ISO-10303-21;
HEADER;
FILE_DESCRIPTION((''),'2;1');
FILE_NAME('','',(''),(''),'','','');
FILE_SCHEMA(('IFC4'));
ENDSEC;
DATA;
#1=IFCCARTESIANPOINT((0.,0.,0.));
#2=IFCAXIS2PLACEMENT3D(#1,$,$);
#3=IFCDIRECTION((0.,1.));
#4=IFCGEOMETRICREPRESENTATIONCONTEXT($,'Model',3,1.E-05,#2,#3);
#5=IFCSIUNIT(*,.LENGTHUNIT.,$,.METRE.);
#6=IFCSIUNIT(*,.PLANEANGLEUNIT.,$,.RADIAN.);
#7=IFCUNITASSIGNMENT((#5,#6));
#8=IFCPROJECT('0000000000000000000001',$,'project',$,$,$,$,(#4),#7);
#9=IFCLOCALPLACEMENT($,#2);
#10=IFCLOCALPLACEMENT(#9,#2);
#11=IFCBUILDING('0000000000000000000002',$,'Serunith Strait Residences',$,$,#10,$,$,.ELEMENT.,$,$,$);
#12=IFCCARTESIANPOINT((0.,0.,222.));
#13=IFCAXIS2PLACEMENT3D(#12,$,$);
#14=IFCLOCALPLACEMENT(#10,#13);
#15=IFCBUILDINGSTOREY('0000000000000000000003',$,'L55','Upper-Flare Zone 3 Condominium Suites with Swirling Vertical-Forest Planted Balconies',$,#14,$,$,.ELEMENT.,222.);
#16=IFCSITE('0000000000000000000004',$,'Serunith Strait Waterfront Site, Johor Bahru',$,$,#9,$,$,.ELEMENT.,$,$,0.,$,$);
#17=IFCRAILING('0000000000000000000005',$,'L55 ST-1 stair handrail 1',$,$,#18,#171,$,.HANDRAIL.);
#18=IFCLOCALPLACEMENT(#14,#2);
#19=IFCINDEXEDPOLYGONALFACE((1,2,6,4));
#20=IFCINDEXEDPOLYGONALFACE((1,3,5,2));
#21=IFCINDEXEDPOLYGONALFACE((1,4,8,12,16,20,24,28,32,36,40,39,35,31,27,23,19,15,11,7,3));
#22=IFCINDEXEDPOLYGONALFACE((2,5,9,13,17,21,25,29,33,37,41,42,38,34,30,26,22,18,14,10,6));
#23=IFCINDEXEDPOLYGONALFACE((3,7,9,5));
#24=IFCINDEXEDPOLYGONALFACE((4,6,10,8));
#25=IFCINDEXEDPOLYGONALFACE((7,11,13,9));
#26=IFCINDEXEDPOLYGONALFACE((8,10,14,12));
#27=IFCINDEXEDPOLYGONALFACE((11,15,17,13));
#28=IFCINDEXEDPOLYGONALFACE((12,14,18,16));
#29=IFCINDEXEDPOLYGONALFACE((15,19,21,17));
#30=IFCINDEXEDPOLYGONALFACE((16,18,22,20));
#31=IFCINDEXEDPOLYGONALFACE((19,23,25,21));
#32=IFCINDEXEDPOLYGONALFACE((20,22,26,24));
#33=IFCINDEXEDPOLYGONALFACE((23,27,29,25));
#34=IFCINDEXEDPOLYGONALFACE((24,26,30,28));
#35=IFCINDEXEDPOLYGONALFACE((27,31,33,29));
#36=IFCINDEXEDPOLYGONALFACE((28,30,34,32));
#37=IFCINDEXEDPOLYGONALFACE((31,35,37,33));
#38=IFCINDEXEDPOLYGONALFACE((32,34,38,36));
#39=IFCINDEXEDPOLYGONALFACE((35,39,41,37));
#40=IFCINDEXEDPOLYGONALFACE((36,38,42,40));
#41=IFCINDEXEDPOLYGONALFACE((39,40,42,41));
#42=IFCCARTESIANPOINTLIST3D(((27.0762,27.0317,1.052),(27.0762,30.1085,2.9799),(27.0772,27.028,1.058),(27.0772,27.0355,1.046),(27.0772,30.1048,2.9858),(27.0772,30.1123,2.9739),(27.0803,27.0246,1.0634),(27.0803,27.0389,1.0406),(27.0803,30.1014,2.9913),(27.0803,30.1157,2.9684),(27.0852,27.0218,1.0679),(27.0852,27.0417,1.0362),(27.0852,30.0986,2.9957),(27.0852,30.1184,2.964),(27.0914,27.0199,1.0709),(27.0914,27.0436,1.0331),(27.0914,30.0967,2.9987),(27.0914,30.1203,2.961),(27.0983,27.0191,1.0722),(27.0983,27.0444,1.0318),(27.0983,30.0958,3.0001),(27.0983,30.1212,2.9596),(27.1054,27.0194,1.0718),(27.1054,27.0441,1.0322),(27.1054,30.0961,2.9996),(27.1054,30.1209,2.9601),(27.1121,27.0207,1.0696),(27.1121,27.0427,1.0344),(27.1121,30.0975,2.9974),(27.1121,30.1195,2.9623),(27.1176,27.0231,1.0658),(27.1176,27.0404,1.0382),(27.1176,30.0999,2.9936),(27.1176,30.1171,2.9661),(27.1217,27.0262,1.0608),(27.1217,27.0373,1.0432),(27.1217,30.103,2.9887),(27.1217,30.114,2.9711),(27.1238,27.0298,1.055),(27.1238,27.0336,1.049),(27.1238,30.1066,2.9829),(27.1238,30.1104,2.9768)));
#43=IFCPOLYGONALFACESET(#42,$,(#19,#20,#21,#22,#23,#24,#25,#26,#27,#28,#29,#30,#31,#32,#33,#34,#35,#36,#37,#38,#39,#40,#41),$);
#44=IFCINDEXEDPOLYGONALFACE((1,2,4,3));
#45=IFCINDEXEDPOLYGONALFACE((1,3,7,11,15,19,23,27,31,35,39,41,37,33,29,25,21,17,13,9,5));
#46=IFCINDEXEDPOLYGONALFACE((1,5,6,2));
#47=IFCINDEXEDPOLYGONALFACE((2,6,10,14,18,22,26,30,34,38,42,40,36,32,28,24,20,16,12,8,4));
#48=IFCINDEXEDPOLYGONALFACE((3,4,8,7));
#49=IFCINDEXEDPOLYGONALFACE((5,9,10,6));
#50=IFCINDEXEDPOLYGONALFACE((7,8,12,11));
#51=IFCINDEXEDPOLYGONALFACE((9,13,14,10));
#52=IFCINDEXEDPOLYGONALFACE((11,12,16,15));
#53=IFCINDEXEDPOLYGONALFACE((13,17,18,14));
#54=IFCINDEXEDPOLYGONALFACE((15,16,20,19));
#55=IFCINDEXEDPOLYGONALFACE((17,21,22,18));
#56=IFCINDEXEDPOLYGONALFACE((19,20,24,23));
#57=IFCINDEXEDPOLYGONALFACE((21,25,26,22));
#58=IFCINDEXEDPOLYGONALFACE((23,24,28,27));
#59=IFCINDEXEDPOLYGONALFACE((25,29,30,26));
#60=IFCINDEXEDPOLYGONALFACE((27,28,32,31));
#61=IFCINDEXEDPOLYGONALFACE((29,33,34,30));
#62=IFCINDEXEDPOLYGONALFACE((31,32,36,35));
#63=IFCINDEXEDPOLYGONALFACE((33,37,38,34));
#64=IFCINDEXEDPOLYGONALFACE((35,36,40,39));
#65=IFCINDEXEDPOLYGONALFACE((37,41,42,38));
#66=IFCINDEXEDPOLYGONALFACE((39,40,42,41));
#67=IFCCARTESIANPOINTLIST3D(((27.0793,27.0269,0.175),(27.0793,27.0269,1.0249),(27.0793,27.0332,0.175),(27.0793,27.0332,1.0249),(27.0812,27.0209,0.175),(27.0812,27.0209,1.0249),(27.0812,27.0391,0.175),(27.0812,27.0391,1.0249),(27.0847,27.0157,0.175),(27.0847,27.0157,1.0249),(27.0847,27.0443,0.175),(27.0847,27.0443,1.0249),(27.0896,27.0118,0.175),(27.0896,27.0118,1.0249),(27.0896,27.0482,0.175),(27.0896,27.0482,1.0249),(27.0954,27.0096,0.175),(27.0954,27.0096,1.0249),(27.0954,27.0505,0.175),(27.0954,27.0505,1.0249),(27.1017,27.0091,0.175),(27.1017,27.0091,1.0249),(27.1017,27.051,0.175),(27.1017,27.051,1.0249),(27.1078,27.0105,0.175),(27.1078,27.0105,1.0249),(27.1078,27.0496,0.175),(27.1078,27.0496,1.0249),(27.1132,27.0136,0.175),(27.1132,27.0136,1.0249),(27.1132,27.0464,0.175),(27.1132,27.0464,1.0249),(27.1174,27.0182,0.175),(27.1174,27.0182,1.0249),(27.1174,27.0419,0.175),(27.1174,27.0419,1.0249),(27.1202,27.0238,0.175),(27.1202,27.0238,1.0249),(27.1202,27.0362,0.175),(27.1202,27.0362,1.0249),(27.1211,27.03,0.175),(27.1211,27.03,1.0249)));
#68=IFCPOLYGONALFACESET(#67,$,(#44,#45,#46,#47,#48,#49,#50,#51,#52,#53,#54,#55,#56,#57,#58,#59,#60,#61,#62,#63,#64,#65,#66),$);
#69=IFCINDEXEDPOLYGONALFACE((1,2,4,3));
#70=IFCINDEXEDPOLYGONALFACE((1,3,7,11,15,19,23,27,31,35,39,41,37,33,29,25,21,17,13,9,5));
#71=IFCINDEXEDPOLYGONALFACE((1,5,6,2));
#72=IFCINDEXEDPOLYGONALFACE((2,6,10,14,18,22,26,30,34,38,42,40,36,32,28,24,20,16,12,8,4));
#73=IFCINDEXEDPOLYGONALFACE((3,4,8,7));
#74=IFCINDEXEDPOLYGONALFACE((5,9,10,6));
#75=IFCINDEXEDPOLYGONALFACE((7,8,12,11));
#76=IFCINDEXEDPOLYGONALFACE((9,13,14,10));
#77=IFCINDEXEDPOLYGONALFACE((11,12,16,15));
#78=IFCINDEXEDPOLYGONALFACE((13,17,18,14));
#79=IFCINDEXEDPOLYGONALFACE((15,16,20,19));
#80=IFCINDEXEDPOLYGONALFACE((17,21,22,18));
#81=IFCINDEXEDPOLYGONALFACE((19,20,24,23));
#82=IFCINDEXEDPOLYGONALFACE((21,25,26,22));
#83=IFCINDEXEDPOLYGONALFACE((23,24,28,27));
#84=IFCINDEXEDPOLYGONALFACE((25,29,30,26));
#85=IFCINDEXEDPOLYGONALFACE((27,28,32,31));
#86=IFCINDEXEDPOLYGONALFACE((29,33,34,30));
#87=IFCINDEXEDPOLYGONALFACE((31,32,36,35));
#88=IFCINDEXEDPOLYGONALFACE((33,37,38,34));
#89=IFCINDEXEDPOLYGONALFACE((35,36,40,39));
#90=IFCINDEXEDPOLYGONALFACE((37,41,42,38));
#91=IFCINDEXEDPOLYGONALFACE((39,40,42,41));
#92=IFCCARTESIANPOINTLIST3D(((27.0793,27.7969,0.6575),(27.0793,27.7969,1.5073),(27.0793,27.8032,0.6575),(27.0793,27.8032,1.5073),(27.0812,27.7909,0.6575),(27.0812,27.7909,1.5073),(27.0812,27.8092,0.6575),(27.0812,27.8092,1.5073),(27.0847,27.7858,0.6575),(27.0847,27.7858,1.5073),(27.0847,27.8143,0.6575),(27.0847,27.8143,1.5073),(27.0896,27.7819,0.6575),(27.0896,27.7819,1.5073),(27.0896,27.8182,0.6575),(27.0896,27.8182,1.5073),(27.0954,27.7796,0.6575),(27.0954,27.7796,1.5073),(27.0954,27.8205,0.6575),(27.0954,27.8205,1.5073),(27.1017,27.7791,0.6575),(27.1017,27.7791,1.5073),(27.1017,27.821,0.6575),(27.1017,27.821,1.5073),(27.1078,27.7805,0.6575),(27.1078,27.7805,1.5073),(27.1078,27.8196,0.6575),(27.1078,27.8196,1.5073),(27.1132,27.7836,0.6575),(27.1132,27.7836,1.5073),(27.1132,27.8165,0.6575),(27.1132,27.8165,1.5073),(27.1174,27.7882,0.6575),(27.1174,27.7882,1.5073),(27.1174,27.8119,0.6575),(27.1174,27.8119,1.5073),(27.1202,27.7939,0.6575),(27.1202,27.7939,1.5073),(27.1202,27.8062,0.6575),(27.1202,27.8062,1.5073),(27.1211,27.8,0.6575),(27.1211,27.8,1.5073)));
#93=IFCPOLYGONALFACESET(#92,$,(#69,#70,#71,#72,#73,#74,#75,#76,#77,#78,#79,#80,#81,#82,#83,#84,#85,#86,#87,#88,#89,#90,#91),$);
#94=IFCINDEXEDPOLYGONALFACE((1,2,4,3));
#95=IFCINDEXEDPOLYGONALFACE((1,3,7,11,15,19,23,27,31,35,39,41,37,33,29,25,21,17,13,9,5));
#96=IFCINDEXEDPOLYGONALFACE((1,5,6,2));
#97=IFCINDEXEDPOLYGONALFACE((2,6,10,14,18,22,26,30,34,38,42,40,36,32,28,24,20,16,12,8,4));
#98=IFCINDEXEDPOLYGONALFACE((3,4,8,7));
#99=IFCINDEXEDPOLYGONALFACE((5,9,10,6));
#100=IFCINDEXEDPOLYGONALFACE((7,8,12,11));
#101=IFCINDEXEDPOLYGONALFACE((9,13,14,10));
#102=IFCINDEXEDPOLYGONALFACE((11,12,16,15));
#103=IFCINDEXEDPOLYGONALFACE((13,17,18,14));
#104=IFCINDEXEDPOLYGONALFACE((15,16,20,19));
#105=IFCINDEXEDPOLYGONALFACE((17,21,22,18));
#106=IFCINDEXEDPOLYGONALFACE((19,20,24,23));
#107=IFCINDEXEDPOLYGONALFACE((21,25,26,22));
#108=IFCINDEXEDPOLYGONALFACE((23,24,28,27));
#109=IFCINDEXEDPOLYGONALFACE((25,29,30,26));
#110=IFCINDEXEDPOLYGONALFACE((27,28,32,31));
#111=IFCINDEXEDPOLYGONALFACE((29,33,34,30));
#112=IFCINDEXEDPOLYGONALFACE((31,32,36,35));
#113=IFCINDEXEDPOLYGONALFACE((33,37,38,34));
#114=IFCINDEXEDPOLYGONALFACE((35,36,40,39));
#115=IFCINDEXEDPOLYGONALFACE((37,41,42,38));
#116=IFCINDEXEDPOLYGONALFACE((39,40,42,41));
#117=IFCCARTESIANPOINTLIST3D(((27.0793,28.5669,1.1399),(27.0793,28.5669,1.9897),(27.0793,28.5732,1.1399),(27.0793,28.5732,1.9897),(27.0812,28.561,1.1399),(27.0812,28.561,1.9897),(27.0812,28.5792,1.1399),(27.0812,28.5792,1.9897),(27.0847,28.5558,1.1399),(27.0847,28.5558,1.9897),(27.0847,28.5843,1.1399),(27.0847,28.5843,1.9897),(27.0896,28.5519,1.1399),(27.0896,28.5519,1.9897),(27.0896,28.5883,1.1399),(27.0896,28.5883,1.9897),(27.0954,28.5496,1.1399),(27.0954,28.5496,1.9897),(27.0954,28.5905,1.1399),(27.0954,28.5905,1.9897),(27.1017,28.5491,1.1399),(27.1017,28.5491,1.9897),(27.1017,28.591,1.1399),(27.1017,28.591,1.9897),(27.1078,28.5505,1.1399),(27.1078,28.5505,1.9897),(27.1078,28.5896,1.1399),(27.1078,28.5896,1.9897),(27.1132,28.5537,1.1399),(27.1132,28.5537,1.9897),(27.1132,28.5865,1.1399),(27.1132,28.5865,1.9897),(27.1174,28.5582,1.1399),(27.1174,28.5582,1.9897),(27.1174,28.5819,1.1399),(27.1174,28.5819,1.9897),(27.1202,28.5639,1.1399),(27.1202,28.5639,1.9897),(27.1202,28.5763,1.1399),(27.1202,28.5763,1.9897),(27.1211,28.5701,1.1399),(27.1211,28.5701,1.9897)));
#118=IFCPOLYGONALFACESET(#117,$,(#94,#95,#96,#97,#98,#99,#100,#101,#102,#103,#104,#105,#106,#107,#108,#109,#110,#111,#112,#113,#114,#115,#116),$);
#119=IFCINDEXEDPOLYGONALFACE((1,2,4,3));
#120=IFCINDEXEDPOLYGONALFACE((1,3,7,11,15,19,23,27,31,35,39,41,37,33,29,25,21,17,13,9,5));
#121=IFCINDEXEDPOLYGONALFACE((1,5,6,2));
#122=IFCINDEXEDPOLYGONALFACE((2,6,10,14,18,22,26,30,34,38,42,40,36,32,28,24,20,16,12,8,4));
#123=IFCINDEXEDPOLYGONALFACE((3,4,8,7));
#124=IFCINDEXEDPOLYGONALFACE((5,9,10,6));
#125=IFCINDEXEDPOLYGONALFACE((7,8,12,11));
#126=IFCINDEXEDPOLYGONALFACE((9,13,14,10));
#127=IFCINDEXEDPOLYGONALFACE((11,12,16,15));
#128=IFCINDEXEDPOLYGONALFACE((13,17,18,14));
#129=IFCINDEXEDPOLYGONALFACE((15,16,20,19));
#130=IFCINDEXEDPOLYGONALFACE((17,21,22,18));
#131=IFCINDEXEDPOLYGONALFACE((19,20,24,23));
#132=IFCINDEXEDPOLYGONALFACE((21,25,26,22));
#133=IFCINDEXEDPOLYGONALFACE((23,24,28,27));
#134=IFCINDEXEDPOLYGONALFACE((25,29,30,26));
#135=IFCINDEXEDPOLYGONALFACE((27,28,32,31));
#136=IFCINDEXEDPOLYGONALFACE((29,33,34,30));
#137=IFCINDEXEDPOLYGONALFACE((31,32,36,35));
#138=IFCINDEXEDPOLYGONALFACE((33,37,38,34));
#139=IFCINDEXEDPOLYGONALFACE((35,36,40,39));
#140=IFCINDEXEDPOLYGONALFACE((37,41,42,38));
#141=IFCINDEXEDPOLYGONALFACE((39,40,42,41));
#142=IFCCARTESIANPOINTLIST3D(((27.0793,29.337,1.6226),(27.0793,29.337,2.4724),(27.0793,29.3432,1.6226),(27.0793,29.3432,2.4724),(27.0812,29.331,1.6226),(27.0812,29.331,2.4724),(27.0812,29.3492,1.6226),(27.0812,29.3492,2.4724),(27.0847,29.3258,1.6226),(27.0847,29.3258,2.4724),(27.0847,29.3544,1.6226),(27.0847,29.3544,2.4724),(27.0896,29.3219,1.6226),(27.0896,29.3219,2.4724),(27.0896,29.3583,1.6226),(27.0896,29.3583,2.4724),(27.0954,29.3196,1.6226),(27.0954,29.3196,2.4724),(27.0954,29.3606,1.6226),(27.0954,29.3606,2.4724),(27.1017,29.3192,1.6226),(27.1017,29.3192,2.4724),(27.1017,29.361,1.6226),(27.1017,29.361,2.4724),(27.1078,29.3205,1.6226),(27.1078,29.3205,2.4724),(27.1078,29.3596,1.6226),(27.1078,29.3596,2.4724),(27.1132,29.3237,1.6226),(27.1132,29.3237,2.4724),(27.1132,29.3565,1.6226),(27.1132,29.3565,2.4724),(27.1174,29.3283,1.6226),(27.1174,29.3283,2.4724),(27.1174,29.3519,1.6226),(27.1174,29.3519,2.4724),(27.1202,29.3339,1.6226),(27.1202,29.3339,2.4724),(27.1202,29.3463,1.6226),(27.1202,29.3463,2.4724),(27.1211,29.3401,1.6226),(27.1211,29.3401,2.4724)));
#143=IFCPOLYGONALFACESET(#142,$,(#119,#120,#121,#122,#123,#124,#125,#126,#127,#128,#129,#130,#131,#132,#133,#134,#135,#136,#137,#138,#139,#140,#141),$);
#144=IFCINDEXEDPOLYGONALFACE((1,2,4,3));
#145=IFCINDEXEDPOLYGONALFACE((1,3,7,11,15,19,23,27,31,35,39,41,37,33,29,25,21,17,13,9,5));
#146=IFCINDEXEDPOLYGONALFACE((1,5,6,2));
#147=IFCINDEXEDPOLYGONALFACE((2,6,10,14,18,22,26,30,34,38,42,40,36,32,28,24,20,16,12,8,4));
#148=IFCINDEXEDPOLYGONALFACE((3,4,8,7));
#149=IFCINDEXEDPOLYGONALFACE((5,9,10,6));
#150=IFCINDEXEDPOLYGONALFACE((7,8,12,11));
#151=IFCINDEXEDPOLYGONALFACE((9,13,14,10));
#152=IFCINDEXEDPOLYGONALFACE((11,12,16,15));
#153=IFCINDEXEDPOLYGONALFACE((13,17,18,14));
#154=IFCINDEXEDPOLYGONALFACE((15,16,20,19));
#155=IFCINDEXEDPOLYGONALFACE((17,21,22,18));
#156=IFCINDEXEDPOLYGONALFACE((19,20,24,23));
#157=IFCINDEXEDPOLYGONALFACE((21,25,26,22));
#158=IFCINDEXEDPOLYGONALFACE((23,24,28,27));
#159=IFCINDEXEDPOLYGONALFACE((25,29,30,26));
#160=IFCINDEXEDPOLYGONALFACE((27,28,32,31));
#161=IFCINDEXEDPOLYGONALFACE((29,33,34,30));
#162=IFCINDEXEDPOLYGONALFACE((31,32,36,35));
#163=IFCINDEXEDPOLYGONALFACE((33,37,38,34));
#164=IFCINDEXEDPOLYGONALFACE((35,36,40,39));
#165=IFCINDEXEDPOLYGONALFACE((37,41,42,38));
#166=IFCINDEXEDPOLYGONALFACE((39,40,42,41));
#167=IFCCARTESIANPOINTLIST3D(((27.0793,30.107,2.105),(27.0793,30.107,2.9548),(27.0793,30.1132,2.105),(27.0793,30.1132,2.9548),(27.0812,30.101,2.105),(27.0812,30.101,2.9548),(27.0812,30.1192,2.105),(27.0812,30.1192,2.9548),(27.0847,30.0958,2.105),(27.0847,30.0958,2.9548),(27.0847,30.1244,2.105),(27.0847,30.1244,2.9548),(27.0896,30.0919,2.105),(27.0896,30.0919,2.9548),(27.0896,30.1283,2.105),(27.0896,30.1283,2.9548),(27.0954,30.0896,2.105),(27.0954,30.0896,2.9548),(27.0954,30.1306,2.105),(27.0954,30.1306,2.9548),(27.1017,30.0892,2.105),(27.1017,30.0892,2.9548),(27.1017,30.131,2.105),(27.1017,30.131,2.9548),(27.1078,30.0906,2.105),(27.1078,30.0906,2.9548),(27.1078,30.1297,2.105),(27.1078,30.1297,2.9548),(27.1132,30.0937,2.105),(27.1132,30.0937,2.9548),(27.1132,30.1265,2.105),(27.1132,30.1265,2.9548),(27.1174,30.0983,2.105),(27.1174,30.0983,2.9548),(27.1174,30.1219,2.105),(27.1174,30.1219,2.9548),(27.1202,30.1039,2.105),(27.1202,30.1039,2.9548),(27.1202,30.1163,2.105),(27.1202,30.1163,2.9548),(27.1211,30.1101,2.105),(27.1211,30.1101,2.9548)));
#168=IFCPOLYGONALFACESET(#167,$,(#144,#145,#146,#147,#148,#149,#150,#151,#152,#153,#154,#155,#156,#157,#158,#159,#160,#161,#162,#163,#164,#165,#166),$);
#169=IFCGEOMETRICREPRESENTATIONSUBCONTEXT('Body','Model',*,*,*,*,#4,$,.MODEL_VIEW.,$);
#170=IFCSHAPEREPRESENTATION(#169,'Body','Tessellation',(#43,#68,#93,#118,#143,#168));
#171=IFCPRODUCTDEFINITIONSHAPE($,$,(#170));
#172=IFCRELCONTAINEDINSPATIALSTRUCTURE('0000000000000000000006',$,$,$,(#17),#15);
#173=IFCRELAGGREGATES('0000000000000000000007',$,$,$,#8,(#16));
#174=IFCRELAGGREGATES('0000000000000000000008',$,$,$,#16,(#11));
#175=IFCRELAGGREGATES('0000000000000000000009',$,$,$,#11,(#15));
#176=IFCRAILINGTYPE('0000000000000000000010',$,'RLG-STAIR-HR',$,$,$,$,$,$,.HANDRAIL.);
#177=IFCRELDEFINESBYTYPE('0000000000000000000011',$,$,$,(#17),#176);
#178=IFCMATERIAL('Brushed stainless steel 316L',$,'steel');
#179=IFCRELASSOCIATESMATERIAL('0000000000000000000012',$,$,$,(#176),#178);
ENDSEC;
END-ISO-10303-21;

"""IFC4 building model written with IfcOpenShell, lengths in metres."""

from ifc_helpers import new_model, si_unit, direction, frame, origin, origin_2d, place, context, subcontext, project, spatial, circle, extrude, material, type_object, element, save


model = new_model("IFC4")

# Units and contexts
model_context = context("Model", 3, precision=1e-05, world=origin(), true_north=direction((0.0, 1.0)))
body_context = subcontext(model_context, "Body", "Model", "MODEL_VIEW")
ifc_project = project(units=[si_unit("LENGTHUNIT", "METRE"), si_unit("PLANEANGLEUNIT", "RADIAN")], contexts=[model_context])

# Site, building, storey
site_placement = place(None, origin())
site = spatial("IfcSite", under=ifc_project, at=site_placement, Name="Serunith Strait Waterfront Site, Johor Bahru", CompositionType="ELEMENT", RefElevation=0.0)
building_placement = place(site_placement, origin())
building = spatial("IfcBuilding", under=site, at=building_placement, Name="Serunith Strait Residences", CompositionType="ELEMENT")
storey_placement = place(building_placement, frame((0.0, 0.0, 222.0)))
storey = spatial("IfcBuildingStorey", under=building, at=storey_placement, Name="L55", Description="Upper-Flare Zone 3 Condominium Suites with Swirling Vertical-Forest Planted Balconies", CompositionType="ELEMENT", Elevation=222.0)

# Railing
ifc_material_1 = material(Name="Brushed stainless steel 316L", Category="steel")
railing_type_1 = type_object("IfcRailingType", Name="RLG-STAIR-HR", PredefinedType="HANDRAIL", material=ifc_material_1)
railing_1_placement = place(storey_placement, frame((27.1001, 27.03, 0.175)))
element("IfcRailing", 1, at=railing_1_placement, inside=storey, type_object=railing_type_1, Name="L55 ST-1 stair handrail 1", PredefinedType="HANDRAIL", context=body_context, shape_type="SweptSolid", body=[
    extrude(circle(Radius=0.0239, at=origin_2d()), frame((0.0, 0.0017, 0.877), z_axis=(0.0, 0.847394, 0.530965), x_axis=(-1.0, 0.0, 0.0)), (0.0, 0.0, 1.0), 3.6309),
    extrude(circle(Radius=0.021, at=origin_2d()), origin(), (0.0, 0.0, 1.0), 0.8499),
    extrude(circle(Radius=0.021, at=origin_2d()), frame((0.0, 0.77, 0.4824)), (0.0, 0.0, 1.0), 0.8499),
    extrude(circle(Radius=0.021, at=origin_2d()), frame((0.0, 1.54, 0.9648)), (0.0, 0.0, 1.0), 0.8499),
    extrude(circle(Radius=0.021, at=origin_2d()), frame((0.0, 2.3101, 1.4475)), (0.0, 0.0, 1.0), 0.8499),
    extrude(circle(Radius=0.021, at=origin_2d()), frame((0.0, 3.0801, 1.9299)), (0.0, 0.0, 1.0), 0.8499),
])

save(model, "model.ifc")
